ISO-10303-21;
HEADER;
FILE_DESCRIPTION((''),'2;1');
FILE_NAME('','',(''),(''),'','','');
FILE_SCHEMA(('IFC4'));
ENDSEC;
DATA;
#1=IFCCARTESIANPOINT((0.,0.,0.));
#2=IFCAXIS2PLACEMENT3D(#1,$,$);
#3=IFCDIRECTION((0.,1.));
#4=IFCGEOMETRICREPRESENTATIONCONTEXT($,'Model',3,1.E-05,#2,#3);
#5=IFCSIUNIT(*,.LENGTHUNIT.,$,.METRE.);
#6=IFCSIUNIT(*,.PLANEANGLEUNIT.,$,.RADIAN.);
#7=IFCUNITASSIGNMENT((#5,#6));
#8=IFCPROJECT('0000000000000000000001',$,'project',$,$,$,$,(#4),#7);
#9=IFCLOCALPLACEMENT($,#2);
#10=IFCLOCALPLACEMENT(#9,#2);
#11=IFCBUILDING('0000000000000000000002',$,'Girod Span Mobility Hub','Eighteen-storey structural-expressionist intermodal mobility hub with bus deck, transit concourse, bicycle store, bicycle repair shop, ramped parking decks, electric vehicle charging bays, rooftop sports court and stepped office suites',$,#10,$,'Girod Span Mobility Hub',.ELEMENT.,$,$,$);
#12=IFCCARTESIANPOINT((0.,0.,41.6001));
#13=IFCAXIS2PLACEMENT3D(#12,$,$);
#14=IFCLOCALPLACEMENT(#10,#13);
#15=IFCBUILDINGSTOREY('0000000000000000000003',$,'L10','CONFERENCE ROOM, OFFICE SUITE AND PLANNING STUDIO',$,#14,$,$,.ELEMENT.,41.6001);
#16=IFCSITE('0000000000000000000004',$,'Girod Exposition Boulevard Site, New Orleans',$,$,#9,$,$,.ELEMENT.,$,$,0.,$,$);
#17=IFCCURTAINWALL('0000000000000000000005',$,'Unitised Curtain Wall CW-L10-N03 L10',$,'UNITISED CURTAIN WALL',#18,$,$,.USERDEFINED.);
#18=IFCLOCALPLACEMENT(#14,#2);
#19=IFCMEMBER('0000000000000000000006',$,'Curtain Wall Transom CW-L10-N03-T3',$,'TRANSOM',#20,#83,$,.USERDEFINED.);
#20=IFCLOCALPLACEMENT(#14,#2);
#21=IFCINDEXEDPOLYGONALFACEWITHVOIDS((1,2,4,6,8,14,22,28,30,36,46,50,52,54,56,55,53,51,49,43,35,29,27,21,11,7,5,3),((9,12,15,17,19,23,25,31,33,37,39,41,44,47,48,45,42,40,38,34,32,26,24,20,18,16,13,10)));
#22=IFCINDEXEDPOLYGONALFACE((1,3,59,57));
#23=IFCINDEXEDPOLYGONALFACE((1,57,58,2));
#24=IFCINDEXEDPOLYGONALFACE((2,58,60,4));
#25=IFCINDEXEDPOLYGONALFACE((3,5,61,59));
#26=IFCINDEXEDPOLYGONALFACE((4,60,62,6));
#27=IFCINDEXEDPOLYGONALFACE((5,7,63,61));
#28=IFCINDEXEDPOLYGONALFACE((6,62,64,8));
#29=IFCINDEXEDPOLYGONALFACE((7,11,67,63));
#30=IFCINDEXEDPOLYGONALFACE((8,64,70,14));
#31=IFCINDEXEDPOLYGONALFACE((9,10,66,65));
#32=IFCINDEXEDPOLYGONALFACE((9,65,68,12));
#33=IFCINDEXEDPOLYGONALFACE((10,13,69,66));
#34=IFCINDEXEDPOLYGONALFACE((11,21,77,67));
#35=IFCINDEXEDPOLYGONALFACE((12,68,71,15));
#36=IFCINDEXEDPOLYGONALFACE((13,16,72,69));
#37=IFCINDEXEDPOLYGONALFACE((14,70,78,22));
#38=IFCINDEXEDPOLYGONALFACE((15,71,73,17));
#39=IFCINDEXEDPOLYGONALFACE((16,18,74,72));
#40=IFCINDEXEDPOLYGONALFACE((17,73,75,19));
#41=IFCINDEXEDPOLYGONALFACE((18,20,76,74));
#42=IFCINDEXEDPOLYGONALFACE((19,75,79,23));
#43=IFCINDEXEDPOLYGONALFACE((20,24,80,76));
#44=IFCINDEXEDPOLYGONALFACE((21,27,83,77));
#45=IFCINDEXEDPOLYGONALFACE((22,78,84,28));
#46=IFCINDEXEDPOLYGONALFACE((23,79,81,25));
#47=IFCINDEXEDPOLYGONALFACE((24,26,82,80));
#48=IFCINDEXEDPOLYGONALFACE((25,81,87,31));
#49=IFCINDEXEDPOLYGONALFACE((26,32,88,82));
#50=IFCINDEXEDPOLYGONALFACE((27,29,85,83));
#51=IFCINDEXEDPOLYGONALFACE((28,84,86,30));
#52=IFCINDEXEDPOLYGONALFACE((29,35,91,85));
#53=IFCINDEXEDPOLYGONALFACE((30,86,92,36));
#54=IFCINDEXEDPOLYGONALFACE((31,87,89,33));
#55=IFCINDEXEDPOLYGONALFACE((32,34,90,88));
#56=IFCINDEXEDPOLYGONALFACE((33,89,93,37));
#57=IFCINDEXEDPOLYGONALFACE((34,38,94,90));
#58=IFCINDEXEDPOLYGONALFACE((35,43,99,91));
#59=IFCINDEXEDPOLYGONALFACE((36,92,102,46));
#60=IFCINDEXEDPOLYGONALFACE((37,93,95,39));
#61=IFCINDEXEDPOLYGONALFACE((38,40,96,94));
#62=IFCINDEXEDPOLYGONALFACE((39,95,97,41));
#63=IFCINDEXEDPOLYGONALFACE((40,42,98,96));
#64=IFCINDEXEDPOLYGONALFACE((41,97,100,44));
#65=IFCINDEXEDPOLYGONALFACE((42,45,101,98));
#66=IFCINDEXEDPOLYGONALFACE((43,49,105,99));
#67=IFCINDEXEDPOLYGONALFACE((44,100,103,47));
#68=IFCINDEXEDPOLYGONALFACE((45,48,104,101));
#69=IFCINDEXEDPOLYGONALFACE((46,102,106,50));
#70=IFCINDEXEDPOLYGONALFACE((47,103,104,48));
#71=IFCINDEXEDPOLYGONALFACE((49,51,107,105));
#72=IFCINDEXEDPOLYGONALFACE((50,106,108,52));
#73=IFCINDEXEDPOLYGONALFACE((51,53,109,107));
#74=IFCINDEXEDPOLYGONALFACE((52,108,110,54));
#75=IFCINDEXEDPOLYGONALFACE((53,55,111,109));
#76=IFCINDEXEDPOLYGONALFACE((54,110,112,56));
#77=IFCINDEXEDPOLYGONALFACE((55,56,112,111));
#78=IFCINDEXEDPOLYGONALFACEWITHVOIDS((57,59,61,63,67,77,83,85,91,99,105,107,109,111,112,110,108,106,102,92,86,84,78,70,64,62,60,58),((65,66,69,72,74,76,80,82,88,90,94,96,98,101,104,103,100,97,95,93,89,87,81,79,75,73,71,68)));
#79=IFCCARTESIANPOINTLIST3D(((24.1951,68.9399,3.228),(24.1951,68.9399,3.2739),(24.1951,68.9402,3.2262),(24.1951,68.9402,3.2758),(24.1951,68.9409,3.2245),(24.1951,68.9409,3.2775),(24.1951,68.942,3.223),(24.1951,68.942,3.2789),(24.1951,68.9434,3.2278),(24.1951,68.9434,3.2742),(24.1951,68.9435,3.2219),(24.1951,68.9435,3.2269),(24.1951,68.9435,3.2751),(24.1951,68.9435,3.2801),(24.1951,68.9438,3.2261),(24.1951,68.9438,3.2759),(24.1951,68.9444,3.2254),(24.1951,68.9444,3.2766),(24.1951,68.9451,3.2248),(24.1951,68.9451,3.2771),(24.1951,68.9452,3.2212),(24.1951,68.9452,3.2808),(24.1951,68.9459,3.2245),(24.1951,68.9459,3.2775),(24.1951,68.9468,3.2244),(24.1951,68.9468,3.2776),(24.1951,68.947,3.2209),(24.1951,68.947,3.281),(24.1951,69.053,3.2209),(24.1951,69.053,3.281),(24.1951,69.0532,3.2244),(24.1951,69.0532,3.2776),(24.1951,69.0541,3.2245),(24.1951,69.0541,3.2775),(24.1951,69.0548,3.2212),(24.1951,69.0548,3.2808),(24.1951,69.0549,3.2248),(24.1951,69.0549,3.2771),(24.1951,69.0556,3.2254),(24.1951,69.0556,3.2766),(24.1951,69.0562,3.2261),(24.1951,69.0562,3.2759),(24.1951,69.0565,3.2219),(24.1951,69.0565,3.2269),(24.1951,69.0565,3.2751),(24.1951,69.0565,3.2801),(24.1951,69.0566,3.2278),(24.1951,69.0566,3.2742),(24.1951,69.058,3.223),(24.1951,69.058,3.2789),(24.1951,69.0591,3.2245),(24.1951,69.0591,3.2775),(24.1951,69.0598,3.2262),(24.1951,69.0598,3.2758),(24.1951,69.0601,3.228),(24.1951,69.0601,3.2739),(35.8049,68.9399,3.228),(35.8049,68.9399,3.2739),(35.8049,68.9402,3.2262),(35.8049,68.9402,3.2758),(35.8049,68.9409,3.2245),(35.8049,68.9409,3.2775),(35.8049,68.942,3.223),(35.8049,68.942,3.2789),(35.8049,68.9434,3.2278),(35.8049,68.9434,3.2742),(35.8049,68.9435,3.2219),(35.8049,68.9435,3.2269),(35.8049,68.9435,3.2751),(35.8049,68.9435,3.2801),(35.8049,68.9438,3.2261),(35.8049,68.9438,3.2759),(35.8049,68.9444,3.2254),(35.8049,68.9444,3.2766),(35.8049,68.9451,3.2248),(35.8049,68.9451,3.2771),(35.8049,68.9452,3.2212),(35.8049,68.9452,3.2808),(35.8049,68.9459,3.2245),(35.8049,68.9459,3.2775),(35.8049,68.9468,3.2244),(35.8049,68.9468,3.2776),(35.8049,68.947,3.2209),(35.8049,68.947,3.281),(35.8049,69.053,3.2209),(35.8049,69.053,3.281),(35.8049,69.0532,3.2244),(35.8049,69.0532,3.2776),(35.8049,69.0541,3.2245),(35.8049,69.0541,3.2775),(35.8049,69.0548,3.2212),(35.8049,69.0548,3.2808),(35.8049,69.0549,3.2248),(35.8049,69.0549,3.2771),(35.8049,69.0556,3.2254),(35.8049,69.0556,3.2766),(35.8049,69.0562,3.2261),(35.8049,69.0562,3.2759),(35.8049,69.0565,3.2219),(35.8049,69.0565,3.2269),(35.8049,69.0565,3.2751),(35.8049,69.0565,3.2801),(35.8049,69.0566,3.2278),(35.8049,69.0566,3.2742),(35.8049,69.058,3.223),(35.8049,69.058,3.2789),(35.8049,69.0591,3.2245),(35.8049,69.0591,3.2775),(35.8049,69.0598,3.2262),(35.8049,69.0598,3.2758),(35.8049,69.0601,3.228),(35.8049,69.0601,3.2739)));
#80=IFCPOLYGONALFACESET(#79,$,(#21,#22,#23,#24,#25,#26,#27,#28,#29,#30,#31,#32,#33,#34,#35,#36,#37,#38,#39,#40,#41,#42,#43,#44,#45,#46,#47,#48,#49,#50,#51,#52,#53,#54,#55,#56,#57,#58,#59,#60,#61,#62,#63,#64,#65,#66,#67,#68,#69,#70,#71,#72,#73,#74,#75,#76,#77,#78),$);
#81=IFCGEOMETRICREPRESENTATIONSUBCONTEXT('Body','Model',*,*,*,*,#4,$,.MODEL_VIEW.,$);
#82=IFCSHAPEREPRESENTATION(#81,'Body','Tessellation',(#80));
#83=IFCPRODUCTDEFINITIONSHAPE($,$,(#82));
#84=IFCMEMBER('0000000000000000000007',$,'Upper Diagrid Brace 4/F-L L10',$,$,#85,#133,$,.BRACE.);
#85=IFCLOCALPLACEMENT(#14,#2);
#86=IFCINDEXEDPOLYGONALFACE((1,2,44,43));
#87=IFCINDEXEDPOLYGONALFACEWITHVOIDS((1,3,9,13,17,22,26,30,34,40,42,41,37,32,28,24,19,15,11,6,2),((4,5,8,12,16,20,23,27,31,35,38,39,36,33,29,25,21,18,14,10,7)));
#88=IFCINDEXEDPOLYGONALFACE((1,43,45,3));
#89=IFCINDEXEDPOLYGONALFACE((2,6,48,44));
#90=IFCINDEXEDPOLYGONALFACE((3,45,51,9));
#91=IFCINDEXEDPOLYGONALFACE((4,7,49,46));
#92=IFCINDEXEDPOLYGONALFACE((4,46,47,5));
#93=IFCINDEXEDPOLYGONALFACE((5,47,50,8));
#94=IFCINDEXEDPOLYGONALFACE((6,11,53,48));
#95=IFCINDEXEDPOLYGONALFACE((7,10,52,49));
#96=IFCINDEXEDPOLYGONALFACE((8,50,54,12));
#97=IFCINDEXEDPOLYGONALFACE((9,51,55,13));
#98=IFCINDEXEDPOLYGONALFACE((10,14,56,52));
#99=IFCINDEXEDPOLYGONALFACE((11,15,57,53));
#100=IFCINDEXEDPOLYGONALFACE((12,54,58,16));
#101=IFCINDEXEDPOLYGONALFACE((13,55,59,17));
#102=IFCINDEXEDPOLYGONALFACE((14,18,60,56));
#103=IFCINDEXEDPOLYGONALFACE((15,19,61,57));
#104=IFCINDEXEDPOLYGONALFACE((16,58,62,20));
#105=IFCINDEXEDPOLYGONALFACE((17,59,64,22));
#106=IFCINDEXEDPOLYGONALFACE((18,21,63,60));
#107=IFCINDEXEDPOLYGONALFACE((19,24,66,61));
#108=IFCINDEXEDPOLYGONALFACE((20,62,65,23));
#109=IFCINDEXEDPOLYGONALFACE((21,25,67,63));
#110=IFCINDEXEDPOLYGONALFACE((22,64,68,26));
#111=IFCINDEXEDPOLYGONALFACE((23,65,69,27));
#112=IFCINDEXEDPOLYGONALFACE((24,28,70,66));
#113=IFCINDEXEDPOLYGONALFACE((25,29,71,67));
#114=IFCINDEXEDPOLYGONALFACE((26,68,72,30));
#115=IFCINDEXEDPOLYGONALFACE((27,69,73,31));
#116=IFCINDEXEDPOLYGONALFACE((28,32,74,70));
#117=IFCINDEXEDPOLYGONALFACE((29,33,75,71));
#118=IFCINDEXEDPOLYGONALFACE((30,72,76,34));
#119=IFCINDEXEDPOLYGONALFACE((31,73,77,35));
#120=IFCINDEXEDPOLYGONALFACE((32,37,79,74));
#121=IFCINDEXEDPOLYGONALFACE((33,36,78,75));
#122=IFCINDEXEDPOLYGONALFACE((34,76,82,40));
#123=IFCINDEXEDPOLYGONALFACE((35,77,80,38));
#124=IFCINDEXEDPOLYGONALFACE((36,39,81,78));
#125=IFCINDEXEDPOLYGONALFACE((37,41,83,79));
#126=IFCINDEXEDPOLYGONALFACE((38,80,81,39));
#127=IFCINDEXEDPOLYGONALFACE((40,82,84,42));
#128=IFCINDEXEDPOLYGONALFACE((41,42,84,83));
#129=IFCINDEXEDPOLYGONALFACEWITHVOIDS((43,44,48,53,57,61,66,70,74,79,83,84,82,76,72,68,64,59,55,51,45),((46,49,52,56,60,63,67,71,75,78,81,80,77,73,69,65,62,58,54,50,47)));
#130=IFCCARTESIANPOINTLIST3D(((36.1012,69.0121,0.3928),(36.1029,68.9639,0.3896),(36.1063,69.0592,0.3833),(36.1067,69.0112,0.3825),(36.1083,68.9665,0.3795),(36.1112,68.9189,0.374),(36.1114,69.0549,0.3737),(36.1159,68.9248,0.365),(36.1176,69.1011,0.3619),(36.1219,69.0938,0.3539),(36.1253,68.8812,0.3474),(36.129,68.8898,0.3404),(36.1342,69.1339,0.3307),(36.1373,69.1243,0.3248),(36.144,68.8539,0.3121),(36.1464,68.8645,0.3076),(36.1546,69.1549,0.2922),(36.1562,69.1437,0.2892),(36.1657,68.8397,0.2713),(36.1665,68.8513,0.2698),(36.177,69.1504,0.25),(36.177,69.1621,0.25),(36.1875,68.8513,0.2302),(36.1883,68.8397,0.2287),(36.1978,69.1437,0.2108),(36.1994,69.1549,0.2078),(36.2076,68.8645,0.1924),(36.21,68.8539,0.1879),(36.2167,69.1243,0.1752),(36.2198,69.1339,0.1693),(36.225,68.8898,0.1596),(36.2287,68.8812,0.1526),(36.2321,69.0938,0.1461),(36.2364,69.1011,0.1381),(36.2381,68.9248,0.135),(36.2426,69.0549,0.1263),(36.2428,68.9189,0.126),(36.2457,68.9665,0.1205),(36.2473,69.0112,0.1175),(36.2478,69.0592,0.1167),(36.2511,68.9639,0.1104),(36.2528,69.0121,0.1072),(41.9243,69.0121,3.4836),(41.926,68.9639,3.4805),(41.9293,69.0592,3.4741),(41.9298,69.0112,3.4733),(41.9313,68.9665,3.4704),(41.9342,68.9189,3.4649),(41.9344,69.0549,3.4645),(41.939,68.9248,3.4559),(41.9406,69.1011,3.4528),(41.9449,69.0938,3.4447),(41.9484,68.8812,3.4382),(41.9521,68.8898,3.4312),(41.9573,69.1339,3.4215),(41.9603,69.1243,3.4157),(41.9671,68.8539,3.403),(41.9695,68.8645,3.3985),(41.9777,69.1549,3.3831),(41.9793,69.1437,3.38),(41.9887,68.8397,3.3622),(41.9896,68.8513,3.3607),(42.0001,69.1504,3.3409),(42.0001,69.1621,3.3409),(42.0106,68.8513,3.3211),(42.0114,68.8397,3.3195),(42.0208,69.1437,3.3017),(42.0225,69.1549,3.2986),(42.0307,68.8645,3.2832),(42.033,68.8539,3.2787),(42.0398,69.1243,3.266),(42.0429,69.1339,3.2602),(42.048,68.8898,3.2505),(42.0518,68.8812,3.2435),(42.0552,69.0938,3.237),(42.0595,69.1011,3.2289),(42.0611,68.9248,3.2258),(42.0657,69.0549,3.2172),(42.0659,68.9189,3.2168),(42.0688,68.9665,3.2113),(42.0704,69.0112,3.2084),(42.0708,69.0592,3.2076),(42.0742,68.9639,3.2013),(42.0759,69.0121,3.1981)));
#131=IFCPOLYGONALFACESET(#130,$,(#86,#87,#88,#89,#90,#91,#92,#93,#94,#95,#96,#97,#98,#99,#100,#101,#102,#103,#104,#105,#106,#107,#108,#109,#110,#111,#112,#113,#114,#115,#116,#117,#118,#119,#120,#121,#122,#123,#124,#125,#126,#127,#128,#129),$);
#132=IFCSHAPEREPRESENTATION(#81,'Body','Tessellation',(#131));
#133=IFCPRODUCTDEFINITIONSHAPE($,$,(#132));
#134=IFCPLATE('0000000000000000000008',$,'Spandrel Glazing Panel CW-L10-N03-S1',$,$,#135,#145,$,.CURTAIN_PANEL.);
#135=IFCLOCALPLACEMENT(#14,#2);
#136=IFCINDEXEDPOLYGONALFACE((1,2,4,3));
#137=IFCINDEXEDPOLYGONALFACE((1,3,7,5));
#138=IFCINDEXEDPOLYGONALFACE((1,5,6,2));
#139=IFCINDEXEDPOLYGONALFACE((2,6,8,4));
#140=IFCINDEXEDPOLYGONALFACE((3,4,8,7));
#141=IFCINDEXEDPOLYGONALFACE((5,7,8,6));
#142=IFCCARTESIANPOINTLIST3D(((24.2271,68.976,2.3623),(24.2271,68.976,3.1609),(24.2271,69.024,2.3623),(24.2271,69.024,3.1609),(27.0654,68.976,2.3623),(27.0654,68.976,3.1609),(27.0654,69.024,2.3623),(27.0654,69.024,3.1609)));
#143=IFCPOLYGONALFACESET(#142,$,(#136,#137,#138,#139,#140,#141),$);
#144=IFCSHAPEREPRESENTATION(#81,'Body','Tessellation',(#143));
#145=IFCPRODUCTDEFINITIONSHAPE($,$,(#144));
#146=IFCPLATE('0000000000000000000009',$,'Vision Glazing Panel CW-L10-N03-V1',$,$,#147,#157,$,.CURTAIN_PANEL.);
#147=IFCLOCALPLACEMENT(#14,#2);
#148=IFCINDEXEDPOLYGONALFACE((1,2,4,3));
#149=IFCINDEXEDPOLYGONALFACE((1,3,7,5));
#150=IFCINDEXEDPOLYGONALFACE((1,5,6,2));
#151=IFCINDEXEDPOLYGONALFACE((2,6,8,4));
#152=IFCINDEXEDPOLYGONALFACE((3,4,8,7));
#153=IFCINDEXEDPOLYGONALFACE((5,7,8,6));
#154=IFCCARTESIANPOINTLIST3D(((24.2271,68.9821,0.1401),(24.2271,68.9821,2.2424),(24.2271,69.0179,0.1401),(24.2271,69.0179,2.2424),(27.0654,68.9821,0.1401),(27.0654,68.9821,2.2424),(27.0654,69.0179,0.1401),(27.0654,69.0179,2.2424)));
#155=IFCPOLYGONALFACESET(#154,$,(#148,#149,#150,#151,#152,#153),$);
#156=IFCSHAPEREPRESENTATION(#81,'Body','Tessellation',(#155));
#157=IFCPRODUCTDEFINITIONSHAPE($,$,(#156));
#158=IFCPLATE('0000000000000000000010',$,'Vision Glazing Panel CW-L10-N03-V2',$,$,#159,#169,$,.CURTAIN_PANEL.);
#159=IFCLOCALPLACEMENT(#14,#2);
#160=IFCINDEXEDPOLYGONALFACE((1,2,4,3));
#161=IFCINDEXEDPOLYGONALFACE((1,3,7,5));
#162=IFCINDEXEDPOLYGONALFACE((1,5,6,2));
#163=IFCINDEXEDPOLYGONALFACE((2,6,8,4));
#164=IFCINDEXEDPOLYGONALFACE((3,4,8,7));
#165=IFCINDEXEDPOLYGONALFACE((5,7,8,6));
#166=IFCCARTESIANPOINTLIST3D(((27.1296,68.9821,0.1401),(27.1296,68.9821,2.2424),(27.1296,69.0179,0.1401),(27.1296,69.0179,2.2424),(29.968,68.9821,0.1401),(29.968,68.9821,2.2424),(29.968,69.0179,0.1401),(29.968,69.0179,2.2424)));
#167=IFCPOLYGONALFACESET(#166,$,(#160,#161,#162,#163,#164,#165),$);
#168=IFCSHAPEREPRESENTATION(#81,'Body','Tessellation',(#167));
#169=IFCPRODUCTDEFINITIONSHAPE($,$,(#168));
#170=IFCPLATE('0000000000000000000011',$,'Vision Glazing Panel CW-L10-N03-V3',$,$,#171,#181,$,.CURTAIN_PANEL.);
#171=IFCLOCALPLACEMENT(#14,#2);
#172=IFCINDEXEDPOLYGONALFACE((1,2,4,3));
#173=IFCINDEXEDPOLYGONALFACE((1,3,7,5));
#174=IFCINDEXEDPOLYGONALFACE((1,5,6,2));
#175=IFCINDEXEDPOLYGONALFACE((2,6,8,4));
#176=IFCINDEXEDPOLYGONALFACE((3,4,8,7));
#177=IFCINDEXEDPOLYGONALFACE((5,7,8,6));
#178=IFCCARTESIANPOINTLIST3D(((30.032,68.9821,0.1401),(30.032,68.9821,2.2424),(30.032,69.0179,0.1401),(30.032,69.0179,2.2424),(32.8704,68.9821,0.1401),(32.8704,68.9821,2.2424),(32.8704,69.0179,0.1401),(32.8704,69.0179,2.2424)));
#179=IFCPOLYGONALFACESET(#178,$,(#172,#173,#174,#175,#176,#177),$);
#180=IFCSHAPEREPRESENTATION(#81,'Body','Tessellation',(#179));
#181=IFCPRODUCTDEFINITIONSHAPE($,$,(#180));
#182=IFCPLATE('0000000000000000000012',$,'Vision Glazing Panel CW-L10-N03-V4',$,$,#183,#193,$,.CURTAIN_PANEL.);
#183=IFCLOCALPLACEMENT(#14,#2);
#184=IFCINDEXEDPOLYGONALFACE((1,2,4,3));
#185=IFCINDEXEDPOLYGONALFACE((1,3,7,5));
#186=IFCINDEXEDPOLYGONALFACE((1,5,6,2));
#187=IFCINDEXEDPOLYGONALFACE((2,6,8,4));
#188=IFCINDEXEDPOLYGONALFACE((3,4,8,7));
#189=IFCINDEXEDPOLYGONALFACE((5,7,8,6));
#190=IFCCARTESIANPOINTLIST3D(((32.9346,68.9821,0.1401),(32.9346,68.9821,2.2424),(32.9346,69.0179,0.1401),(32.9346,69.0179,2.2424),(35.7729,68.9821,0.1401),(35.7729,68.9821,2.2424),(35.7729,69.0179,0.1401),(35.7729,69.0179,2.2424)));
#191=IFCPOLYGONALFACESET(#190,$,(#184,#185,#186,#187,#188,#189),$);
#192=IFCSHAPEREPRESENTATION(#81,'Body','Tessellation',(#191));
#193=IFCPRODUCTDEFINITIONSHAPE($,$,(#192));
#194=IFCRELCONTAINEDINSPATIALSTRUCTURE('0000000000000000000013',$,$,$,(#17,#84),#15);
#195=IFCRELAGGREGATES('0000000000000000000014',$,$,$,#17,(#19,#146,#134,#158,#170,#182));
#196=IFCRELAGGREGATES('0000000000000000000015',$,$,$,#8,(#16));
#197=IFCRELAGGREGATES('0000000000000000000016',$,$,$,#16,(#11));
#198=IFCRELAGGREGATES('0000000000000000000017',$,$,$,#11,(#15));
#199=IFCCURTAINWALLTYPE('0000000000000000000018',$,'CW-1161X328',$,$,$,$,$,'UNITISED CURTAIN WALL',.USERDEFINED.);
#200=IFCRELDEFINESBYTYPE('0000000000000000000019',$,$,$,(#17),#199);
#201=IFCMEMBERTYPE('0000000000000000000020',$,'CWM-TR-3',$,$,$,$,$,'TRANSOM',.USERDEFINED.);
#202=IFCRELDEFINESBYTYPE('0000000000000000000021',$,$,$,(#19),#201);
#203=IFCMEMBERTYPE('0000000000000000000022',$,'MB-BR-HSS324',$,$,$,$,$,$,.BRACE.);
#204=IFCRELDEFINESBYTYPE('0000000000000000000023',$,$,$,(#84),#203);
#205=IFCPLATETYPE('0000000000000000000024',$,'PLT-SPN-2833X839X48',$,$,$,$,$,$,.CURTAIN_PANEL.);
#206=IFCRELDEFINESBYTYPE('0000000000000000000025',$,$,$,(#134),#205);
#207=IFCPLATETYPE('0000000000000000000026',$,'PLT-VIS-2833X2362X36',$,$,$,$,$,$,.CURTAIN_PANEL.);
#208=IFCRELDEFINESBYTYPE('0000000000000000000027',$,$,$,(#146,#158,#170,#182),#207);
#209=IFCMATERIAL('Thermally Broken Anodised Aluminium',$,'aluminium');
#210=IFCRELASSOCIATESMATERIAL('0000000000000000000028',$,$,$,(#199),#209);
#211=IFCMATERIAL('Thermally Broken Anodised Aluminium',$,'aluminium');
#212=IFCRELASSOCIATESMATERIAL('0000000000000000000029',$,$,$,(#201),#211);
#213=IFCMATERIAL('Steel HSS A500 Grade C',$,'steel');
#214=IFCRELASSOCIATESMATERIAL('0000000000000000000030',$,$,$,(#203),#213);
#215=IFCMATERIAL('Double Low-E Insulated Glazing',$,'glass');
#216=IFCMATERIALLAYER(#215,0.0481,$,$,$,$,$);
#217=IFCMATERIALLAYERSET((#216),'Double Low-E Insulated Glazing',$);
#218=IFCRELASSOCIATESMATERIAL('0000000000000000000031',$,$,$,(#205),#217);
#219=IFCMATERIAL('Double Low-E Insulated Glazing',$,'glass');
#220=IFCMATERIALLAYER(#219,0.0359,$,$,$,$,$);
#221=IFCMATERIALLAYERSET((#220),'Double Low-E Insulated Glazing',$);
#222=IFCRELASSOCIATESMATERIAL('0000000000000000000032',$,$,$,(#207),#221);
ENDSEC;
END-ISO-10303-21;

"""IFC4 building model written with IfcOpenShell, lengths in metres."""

from ifc_helpers import new_model, si_unit, direction, frame, origin, origin_2d, place, context, subcontext, project, spatial, rectangle, hollow_rectangle, hollow_circle, extrude, material, layer, layer_set, material_profile, profile_set, type_object, element, aggregate, save


model = new_model("IFC4")

# Units and contexts
model_context = context("Model", 3, precision=1e-05, world=origin(), true_north=direction((0.0, 1.0)))
body_context = subcontext(model_context, "Body", "Model", "MODEL_VIEW")
ifc_project = project(units=[si_unit("LENGTHUNIT", "METRE"), si_unit("PLANEANGLEUNIT", "RADIAN")], contexts=[model_context])

# Site, building, storey
site_placement = place(None, origin())
site = spatial("IfcSite", under=ifc_project, at=site_placement, Name="Girod Exposition Boulevard Site, New Orleans", CompositionType="ELEMENT", RefElevation=0.0)
building_placement = place(site_placement, origin())
building = spatial("IfcBuilding", under=site, at=building_placement, Name="Girod Span Mobility Hub", Description="Eighteen-storey structural-expressionist intermodal mobility hub with bus deck, transit concourse, bicycle store, bicycle repair shop, ramped parking decks, electric vehicle charging bays, rooftop sports court and stepped office suites", LongName="Girod Span Mobility Hub", CompositionType="ELEMENT")
storey_placement = place(building_placement, frame((0.0, 0.0, 41.6001)))
storey = spatial("IfcBuildingStorey", under=building, at=storey_placement, Name="L10", Description="CONFERENCE ROOM, OFFICE SUITE AND PLANNING STUDIO", CompositionType="ELEMENT", Elevation=41.6001)

# Curtain wall, member
ifc_material_1 = material(Name="Thermally Broken Anodised Aluminium", Category="aluminium")
curtain_wall_type = type_object("IfcCurtainWallType", Name="CW-1161X328", ElementType="UNITISED CURTAIN WALL", PredefinedType="USERDEFINED", material=ifc_material_1)
curtain_wall_placement = place(storey_placement, origin())
curtain_wall = element("IfcCurtainWall", 1, at=curtain_wall_placement, inside=storey, type_object=curtain_wall_type, Name="Unitised Curtain Wall CW-L10-N03 L10", ObjectType="UNITISED CURTAIN WALL", PredefinedType="USERDEFINED")
ifc_material_2 = material(Name="Thermally Broken Anodised Aluminium", Category="aluminium")
ifc_material_profile_1 = material_profile(ifc_material_2, hollow_rectangle(XDim=0.1201, YDim=0.0601, WallThickness=0.0034, InnerFilletRadius=0.0034, OuterFilletRadius=0.0071, at=origin_2d()), Name="CW-TR-60X120")
ifc_profile_set_1 = profile_set([ifc_material_profile_1], Name="Thermally Broken Anodised Aluminium")
member_type_1 = type_object("IfcMemberType", Name="CWM-TR-3", ElementType="TRANSOM", PredefinedType="USERDEFINED", material=ifc_profile_set_1)
member_1_placement = place(storey_placement, frame((24.1951, 69.0, 3.251), z_axis=(1.0, 0.0, 0.0), x_axis=(0.0, 1.0, 0.0)))
member_1 = element("IfcMember", 2, at=member_1_placement, type_object=member_type_1, Name="Curtain Wall Transom CW-L10-N03-T3", ObjectType="TRANSOM", PredefinedType="USERDEFINED", context=body_context, shape_type="SweptSolid", body=[
    extrude(hollow_rectangle(XDim=0.1201, YDim=0.0601, WallThickness=0.0034, InnerFilletRadius=0.0034, OuterFilletRadius=0.0071, at=origin_2d()), origin(), (0.0, 0.0, 1.0), 11.6099),
])

# Member
ifc_material_3 = material(Name="Steel HSS A500 Grade C", Category="steel")
ifc_material_profile_2 = material_profile(ifc_material_3, hollow_circle(Radius=0.1621, WallThickness=0.0117, at=origin_2d()), Name="HSS324X12.7")
ifc_profile_set_2 = profile_set([ifc_material_profile_2], Name="Steel HSS A500 Grade C")
member_type_2 = type_object("IfcMemberType", Name="MB-BR-HSS324", PredefinedType="BRACE", material=ifc_profile_set_2)
member_2_placement = place(storey_placement, frame((36.177, 69.0, 0.25), z_axis=(0.883282, 0.0, 0.468842), x_axis=(0.0, 1.0, 0.0)))
element("IfcMember", 3, at=member_2_placement, inside=storey, type_object=member_type_2, Name="Upper Diagrid Brace 4/F-L L10", PredefinedType="BRACE", context=body_context, shape_type="SweptSolid", body=[
    extrude(hollow_circle(Radius=0.1621, WallThickness=0.0117, at=origin_2d()), origin(), (0.0, 0.0, 1.0), 6.5925),
])

# Plates
ifc_material_4 = material(Name="Double Low-E Insulated Glazing", Category="glass")
ifc_layer_1 = layer(ifc_material_4, 0.0481)
ifc_layer_set_1 = layer_set([ifc_layer_1], Name="Double Low-E Insulated Glazing")
plate_type_1 = type_object("IfcPlateType", Name="PLT-SPN-2833X839X48", PredefinedType="CURTAIN_PANEL", material=ifc_layer_set_1)
plate_1_placement = place(storey_placement, frame((25.6462, 69.0, 2.3623), z_axis=(0.0, 0.0, 1.0), x_axis=(1.0, 0.0, 0.0)))
plate_1 = element("IfcPlate", 4, at=plate_1_placement, type_object=plate_type_1, Name="Spandrel Glazing Panel CW-L10-N03-S1", PredefinedType="CURTAIN_PANEL", context=body_context, shape_type="SweptSolid", body=[
    extrude(rectangle(XDim=2.8384, YDim=0.0481, at=origin_2d()), origin(), (0.0, 0.0, 1.0), 0.7986),
])
ifc_material_5 = material(Name="Double Low-E Insulated Glazing", Category="glass")
ifc_layer_2 = layer(ifc_material_5, 0.0359)
ifc_layer_set_2 = layer_set([ifc_layer_2], Name="Double Low-E Insulated Glazing")
plate_type_2 = type_object("IfcPlateType", Name="PLT-VIS-2833X2362X36", PredefinedType="CURTAIN_PANEL", material=ifc_layer_set_2)
plate_2_placement = place(storey_placement, frame((25.6462, 69.0, 0.1401), z_axis=(0.0, 0.0, 1.0), x_axis=(1.0, 0.0, 0.0)))
plate_2 = element("IfcPlate", 5, at=plate_2_placement, type_object=plate_type_2, Name="Vision Glazing Panel CW-L10-N03-V1", PredefinedType="CURTAIN_PANEL", context=body_context, shape_type="SweptSolid", body=[
    extrude(rectangle(XDim=2.8384, YDim=0.0359, at=origin_2d()), origin(), (0.0, 0.0, 1.0), 2.1023),
])
plate_3_placement = place(storey_placement, frame((28.5488, 69.0, 0.1401), z_axis=(0.0, 0.0, 1.0), x_axis=(1.0, 0.0, 0.0)))
plate_3 = element("IfcPlate", 6, at=plate_3_placement, type_object=plate_type_2, Name="Vision Glazing Panel CW-L10-N03-V2", PredefinedType="CURTAIN_PANEL", context=body_context, shape_type="SweptSolid", body=[
    extrude(rectangle(XDim=2.8384, YDim=0.0359, at=origin_2d()), origin(), (0.0, 0.0, 1.0), 2.1023),
])
plate_4_placement = place(storey_placement, frame((31.4512, 69.0, 0.1401), z_axis=(0.0, 0.0, 1.0), x_axis=(1.0, 0.0, 0.0)))
plate_4 = element("IfcPlate", 7, at=plate_4_placement, type_object=plate_type_2, Name="Vision Glazing Panel CW-L10-N03-V3", PredefinedType="CURTAIN_PANEL", context=body_context, shape_type="SweptSolid", body=[
    extrude(rectangle(XDim=2.8384, YDim=0.0359, at=origin_2d()), origin(), (0.0, 0.0, 1.0), 2.1023),
])
plate_5_placement = place(storey_placement, frame((34.3538, 69.0, 0.1401), z_axis=(0.0, 0.0, 1.0), x_axis=(1.0, 0.0, 0.0)))
plate_5 = element("IfcPlate", 8, at=plate_5_placement, type_object=plate_type_2, Name="Vision Glazing Panel CW-L10-N03-V4", PredefinedType="CURTAIN_PANEL", context=body_context, shape_type="SweptSolid", body=[
    extrude(rectangle(XDim=2.8384, YDim=0.0359, at=origin_2d()), origin(), (0.0, 0.0, 1.0), 2.1023),
])
aggregate(curtain_wall, [member_1, plate_2, plate_1, plate_3, plate_4, plate_5])

save(model, "model.ifc")
